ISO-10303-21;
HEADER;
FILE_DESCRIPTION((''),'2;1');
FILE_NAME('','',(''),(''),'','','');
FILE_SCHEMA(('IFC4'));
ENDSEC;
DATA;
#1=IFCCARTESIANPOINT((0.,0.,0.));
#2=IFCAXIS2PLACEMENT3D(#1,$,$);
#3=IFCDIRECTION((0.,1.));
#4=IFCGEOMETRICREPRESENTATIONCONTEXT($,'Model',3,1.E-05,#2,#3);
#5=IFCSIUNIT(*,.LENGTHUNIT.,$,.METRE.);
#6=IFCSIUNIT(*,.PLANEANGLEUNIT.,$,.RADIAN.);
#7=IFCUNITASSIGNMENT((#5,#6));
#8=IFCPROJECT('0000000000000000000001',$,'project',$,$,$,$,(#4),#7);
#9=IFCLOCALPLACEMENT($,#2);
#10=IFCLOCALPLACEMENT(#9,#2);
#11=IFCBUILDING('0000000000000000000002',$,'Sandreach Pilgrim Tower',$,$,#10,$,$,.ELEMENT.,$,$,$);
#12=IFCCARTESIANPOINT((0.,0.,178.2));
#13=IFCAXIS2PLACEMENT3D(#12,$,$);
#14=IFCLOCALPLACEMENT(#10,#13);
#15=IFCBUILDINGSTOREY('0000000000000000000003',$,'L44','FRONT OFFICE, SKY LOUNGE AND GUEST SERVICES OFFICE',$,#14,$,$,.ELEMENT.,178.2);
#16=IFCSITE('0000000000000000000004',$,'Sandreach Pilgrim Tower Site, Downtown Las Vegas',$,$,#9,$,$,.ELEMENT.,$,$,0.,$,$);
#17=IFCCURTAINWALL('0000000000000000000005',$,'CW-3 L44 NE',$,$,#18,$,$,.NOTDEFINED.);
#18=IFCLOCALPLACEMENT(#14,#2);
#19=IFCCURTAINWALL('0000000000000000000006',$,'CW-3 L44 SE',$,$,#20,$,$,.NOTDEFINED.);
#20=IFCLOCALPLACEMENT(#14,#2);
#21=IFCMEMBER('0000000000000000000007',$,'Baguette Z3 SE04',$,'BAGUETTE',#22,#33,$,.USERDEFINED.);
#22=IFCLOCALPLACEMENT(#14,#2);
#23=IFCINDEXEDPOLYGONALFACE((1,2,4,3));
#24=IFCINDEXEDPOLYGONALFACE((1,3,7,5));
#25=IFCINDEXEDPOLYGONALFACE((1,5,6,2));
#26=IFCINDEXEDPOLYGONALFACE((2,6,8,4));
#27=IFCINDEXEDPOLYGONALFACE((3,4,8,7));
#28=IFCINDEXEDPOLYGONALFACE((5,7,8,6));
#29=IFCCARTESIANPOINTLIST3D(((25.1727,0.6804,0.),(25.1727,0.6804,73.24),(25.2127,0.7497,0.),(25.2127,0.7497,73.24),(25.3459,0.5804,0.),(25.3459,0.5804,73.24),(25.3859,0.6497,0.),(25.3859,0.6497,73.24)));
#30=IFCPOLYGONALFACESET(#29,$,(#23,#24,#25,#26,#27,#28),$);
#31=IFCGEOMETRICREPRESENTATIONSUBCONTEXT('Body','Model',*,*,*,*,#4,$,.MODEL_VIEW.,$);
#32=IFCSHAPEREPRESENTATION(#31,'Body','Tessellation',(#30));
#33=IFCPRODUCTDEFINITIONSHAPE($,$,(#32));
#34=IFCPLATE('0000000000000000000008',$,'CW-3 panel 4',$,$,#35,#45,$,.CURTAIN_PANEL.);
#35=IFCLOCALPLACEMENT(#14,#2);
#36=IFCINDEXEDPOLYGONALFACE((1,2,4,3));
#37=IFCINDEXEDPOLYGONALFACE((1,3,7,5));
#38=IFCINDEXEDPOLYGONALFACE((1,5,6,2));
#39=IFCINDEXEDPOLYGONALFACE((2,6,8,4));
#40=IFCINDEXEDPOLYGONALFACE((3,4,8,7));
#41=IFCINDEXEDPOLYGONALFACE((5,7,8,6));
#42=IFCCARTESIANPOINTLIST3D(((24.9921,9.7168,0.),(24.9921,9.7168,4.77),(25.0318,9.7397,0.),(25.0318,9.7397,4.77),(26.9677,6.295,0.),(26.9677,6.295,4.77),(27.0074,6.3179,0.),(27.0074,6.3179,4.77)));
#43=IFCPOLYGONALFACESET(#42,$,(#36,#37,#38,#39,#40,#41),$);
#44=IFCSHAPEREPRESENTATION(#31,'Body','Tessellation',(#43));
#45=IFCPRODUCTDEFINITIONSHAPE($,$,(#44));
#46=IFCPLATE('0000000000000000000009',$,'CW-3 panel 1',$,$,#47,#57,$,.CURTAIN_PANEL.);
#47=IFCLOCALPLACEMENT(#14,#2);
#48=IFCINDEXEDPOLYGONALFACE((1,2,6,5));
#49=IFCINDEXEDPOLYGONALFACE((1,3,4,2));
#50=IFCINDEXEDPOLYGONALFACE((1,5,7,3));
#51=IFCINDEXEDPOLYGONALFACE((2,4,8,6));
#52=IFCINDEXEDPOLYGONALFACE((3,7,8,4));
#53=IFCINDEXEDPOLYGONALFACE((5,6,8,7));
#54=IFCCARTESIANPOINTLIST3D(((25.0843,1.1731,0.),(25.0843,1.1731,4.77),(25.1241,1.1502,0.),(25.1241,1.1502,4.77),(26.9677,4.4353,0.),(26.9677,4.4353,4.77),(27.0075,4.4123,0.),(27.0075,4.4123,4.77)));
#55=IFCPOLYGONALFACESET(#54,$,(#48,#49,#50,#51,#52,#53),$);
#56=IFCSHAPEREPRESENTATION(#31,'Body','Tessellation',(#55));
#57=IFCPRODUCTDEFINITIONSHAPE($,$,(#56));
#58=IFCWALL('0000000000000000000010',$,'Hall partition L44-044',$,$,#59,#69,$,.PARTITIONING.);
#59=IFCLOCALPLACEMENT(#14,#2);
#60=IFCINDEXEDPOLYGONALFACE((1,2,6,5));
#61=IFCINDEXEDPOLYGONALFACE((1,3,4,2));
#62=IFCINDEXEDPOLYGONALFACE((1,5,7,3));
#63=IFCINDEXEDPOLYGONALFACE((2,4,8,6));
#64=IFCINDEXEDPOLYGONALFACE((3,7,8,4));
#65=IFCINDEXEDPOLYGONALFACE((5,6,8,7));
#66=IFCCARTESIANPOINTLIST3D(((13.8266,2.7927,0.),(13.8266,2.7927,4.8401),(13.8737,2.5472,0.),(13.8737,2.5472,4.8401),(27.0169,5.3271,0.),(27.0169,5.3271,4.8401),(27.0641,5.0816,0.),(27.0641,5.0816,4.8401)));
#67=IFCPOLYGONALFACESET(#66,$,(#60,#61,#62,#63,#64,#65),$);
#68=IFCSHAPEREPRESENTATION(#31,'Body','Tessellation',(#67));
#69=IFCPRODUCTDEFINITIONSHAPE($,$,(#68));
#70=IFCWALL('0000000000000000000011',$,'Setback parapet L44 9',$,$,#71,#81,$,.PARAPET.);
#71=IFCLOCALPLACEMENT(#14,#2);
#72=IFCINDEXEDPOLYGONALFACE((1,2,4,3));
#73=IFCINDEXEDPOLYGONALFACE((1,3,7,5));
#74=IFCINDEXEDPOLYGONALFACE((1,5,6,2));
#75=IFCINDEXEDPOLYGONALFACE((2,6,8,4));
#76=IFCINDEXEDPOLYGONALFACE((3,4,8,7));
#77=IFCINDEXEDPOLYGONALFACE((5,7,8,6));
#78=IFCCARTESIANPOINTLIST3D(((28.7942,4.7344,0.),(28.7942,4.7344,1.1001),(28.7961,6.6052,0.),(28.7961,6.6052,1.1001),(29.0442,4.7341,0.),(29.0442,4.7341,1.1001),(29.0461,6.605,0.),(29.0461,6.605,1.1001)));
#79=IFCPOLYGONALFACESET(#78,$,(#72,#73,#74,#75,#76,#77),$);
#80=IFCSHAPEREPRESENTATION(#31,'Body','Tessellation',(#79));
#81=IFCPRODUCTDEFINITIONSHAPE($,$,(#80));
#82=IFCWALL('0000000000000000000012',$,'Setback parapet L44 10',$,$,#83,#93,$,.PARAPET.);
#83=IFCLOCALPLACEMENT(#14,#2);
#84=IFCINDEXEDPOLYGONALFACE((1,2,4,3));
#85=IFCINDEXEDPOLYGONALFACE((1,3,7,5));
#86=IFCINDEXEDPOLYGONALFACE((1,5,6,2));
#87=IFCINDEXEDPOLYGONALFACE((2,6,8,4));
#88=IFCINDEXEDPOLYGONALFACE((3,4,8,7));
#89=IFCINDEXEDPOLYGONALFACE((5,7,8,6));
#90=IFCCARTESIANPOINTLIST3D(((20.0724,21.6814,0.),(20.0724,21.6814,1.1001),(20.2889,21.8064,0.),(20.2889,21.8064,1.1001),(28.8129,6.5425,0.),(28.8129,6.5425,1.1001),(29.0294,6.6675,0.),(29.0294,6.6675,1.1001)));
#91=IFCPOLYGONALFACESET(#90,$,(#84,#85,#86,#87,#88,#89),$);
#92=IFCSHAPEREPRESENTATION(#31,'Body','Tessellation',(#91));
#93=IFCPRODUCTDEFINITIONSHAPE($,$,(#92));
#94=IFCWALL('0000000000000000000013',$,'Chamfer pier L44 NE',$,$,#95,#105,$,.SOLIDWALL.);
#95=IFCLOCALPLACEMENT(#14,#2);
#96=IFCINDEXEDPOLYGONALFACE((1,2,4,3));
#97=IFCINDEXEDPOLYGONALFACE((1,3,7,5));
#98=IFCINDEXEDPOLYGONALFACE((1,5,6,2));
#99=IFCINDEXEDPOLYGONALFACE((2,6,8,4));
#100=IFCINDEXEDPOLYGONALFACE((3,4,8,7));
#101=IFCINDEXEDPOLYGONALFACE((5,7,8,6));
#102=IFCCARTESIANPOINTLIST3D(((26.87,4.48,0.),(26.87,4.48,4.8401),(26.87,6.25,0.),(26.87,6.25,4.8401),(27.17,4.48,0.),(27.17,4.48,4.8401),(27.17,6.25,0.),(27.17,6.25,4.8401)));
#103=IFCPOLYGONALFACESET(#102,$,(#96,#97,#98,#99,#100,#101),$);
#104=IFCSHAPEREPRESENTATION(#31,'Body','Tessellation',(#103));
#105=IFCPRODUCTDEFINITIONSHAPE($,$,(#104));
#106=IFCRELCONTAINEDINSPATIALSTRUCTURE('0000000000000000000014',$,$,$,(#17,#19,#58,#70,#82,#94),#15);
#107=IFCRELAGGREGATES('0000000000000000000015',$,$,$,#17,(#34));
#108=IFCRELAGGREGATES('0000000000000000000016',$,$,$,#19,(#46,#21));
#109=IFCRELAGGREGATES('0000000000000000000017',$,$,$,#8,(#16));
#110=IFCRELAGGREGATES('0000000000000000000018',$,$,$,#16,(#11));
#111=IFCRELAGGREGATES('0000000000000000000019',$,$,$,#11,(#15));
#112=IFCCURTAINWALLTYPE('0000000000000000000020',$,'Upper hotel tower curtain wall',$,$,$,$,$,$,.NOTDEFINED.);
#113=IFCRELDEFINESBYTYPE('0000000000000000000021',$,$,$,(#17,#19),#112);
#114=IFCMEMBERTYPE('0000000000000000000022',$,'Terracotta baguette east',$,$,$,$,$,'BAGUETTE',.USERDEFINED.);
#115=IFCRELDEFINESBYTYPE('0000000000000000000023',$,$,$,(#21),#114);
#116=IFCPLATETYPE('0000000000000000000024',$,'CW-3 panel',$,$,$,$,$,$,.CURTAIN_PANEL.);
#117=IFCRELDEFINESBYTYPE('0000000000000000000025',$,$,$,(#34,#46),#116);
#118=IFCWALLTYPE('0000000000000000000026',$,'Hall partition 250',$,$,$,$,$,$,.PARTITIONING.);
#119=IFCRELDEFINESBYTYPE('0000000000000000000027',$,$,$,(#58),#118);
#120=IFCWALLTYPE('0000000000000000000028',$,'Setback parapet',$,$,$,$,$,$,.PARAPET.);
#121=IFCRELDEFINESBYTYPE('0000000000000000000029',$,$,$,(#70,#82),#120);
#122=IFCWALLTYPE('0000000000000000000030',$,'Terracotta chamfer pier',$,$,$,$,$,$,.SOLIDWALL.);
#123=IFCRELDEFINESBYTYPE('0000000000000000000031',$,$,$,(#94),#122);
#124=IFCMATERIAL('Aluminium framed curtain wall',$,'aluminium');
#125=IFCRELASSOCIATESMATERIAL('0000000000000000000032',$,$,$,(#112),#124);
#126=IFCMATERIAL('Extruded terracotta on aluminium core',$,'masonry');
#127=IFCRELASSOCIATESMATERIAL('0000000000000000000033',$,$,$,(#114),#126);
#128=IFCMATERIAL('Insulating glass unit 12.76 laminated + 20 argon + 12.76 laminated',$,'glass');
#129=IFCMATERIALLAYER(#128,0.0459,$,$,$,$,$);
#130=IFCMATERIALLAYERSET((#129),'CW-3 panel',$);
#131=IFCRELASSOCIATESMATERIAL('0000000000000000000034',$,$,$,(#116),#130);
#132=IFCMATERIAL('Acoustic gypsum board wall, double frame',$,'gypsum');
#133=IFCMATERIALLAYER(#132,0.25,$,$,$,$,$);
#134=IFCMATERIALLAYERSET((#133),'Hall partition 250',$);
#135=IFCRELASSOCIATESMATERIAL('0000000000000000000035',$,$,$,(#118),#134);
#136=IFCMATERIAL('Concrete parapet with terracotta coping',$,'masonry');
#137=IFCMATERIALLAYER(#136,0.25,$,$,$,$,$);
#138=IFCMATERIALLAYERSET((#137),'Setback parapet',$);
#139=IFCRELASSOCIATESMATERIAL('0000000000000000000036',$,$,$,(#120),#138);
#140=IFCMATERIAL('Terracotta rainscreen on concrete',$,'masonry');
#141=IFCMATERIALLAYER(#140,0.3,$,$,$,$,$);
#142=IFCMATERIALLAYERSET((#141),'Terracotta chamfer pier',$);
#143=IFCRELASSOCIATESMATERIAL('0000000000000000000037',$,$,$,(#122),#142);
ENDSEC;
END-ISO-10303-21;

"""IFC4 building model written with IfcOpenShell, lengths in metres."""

from ifc_helpers import new_model, si_unit, direction, frame, frame_2d, origin, origin_2d, place, context, subcontext, project, spatial, rectangle, extrude, material, layer, layer_set, material_profile, profile_set, type_object, element, aggregate, save


model = new_model("IFC4")

# Units and contexts
model_context = context("Model", 3, precision=1e-05, world=origin(), true_north=direction((0.0, 1.0)))
body_context = subcontext(model_context, "Body", "Model", "MODEL_VIEW")
ifc_project = project(units=[si_unit("LENGTHUNIT", "METRE"), si_unit("PLANEANGLEUNIT", "RADIAN")], contexts=[model_context])

# Site, building, storey
site_placement = place(None, origin())
site = spatial("IfcSite", under=ifc_project, at=site_placement, Name="Sandreach Pilgrim Tower Site, Downtown Las Vegas", CompositionType="ELEMENT", RefElevation=0.0)
building_placement = place(site_placement, origin())
building = spatial("IfcBuilding", under=site, at=building_placement, Name="Sandreach Pilgrim Tower", CompositionType="ELEMENT")
storey_placement = place(building_placement, frame((0.0, 0.0, 178.2)))
storey = spatial("IfcBuildingStorey", under=building, at=storey_placement, Name="L44", Description="FRONT OFFICE, SKY LOUNGE AND GUEST SERVICES OFFICE", CompositionType="ELEMENT", Elevation=178.2)

# Curtain walls
ifc_material_1 = material(Name="Aluminium framed curtain wall", Category="aluminium")
curtain_wall_type = type_object("IfcCurtainWallType", Name="Upper hotel tower curtain wall", PredefinedType="NOTDEFINED", material=ifc_material_1)
curtain_wall_1_placement = place(storey_placement, origin())
curtain_wall_1 = element("IfcCurtainWall", 1, at=curtain_wall_1_placement, inside=storey, type_object=curtain_wall_type, Name="CW-3 L44 NE", PredefinedType="NOTDEFINED")
curtain_wall_2_placement = place(storey_placement, origin())
curtain_wall_2 = element("IfcCurtainWall", 2, at=curtain_wall_2_placement, inside=storey, type_object=curtain_wall_type, Name="CW-3 L44 SE", PredefinedType="NOTDEFINED")

# Member
ifc_material_2 = material(Name="Extruded terracotta on aluminium core", Category="masonry")
ifc_material_profile_1 = material_profile(ifc_material_2, rectangle(XDim=0.0801, YDim=0.2, at=origin_2d()), Name="TBE 80X200")
ifc_profile_set_1 = profile_set([ifc_material_profile_1], Name="Extruded terracotta on aluminium core")
member_type_1 = type_object("IfcMemberType", Name="Terracotta baguette east", ElementType="BAGUETTE", PredefinedType="USERDEFINED", material=ifc_profile_set_1)
member_1_placement = place(storey_placement, frame((25.2793, 0.665, 0.0), z_axis=(0.0, 0.0, 1.0), x_axis=(-0.5, -0.866025, 0.0)))
member_1 = element("IfcMember", 3, at=member_1_placement, type_object=member_type_1, Name="Baguette Z3 SE04", ObjectType="BAGUETTE", PredefinedType="USERDEFINED", context=body_context, shape_type="SweptSolid", body=[
    extrude(rectangle(XDim=0.0801, YDim=0.2, at=origin_2d()), origin(), (0.0, 0.0, 1.0), 73.24),
])

# Plates
ifc_material_3 = material(Name="Insulating glass unit 12.76 laminated + 20 argon + 12.76 laminated", Category="glass")
ifc_layer_1 = layer(ifc_material_3, 0.0459)
ifc_layer_set_1 = layer_set([ifc_layer_1], Name="CW-3 panel")
plate_type = type_object("IfcPlateType", Name="CW-3 panel", PredefinedType="CURTAIN_PANEL", material=ifc_layer_set_1)
plate_1_placement = place(storey_placement, frame((25.9998, 8.0173, 0.0), z_axis=(0.0, 0.0, 1.0), x_axis=(0.5, -0.866025, 0.0)))
plate_1 = element("IfcPlate", 4, at=plate_1_placement, type_object=plate_type, Name="CW-3 panel 4", PredefinedType="CURTAIN_PANEL", context=body_context, shape_type="SweptSolid", body=[
    extrude(rectangle(XDim=3.9512, YDim=0.0459, at=origin_2d()), origin(), (0.0, 0.0, 1.0), 4.77),
])
aggregate(curtain_wall_1, [plate_1])
plate_2_placement = place(storey_placement, frame((26.0459, 2.7927, 0.0), z_axis=(0.0, 0.0, 1.0), x_axis=(-0.5, -0.866025, 0.0)))
plate_2 = element("IfcPlate", 5, at=plate_2_placement, type_object=plate_type, Name="CW-3 panel 1", PredefinedType="CURTAIN_PANEL", context=body_context, shape_type="SweptSolid", body=[
    extrude(rectangle(XDim=3.7668, YDim=0.0459, at=origin_2d()), origin(), (0.0, 0.0, 1.0), 4.77),
])
aggregate(curtain_wall_2, [plate_2, member_1])

# Walls
ifc_material_4 = material(Name="Acoustic gypsum board wall, double frame", Category="gypsum")
ifc_layer_2 = layer(ifc_material_4, 0.25)
ifc_layer_set_2 = layer_set([ifc_layer_2], Name="Hall partition 250")
wall_type_1 = type_object("IfcWallType", Name="Hall partition 250", PredefinedType="PARTITIONING", material=ifc_layer_set_2)
wall_1_placement = place(storey_placement, frame((27.0405, 5.2043, 0.0), z_axis=(0.0, 0.0, 1.0), x_axis=(-0.982037, -0.18869, 0.0)))
element("IfcWall", 6, at=wall_1_placement, inside=storey, type_object=wall_type_1, Name="Hall partition L44-044", PredefinedType="PARTITIONING", context=body_context, shape_type="SweptSolid", body=[
    extrude(rectangle(XDim=13.4316, YDim=0.25, at=frame_2d((6.7158, 0.0))), origin(), (0.0, 0.0, 1.0), 4.8401),
])
ifc_material_5 = material(Name="Concrete parapet with terracotta coping", Category="masonry")
ifc_layer_3 = layer(ifc_material_5, 0.25)
ifc_layer_set_3 = layer_set([ifc_layer_3], Name="Setback parapet")
wall_type_2 = type_object("IfcWallType", Name="Setback parapet", PredefinedType="PARAPET", material=ifc_layer_set_3)
wall_2_placement = place(storey_placement, frame((28.9192, 4.7341, 0.0), z_axis=(0.0, 0.0, 1.0), x_axis=(0.001044, 0.999999, 0.0)))
element("IfcWall", 7, at=wall_2_placement, inside=storey, type_object=wall_type_2, Name="Setback parapet L44 9", PredefinedType="PARAPET", context=body_context, shape_type="SweptSolid", body=[
    extrude(rectangle(XDim=1.8708, YDim=0.25, at=frame_2d((0.9355, 0.0))), origin(), (0.0, 0.0, 1.0), 1.1001),
])
wall_3_placement = place(storey_placement, frame((28.9211, 6.605, 0.0), z_axis=(0.0, 0.0, 1.0), x_axis=(-0.500001, 0.866025, 0.0)))
element("IfcWall", 8, at=wall_3_placement, inside=storey, type_object=wall_type_2, Name="Setback parapet L44 10", PredefinedType="PARAPET", context=body_context, shape_type="SweptSolid", body=[
    extrude(rectangle(XDim=17.481, YDim=0.25, at=frame_2d((8.7405, 0.0))), origin(), (0.0, 0.0, 1.0), 1.1001),
])
ifc_material_6 = material(Name="Terracotta rainscreen on concrete", Category="masonry")
ifc_layer_4 = layer(ifc_material_6, 0.3)
ifc_layer_set_4 = layer_set([ifc_layer_4], Name="Terracotta chamfer pier")
wall_type_3 = type_object("IfcWallType", Name="Terracotta chamfer pier", PredefinedType="SOLIDWALL", material=ifc_layer_set_4)
wall_4_placement = place(storey_placement, frame((27.02, 6.25, 0.0), z_axis=(0.0, 0.0, 1.0), x_axis=(0.0, -1.0, 0.0)))
element("IfcWall", 9, at=wall_4_placement, inside=storey, type_object=wall_type_3, Name="Chamfer pier L44 NE", PredefinedType="SOLIDWALL", context=body_context, shape_type="SweptSolid", body=[
    extrude(rectangle(XDim=1.77, YDim=0.3, at=frame_2d((0.885, 0.0))), origin(), (0.0, 0.0, 1.0), 4.8401),
])

save(model, "model.ifc")
